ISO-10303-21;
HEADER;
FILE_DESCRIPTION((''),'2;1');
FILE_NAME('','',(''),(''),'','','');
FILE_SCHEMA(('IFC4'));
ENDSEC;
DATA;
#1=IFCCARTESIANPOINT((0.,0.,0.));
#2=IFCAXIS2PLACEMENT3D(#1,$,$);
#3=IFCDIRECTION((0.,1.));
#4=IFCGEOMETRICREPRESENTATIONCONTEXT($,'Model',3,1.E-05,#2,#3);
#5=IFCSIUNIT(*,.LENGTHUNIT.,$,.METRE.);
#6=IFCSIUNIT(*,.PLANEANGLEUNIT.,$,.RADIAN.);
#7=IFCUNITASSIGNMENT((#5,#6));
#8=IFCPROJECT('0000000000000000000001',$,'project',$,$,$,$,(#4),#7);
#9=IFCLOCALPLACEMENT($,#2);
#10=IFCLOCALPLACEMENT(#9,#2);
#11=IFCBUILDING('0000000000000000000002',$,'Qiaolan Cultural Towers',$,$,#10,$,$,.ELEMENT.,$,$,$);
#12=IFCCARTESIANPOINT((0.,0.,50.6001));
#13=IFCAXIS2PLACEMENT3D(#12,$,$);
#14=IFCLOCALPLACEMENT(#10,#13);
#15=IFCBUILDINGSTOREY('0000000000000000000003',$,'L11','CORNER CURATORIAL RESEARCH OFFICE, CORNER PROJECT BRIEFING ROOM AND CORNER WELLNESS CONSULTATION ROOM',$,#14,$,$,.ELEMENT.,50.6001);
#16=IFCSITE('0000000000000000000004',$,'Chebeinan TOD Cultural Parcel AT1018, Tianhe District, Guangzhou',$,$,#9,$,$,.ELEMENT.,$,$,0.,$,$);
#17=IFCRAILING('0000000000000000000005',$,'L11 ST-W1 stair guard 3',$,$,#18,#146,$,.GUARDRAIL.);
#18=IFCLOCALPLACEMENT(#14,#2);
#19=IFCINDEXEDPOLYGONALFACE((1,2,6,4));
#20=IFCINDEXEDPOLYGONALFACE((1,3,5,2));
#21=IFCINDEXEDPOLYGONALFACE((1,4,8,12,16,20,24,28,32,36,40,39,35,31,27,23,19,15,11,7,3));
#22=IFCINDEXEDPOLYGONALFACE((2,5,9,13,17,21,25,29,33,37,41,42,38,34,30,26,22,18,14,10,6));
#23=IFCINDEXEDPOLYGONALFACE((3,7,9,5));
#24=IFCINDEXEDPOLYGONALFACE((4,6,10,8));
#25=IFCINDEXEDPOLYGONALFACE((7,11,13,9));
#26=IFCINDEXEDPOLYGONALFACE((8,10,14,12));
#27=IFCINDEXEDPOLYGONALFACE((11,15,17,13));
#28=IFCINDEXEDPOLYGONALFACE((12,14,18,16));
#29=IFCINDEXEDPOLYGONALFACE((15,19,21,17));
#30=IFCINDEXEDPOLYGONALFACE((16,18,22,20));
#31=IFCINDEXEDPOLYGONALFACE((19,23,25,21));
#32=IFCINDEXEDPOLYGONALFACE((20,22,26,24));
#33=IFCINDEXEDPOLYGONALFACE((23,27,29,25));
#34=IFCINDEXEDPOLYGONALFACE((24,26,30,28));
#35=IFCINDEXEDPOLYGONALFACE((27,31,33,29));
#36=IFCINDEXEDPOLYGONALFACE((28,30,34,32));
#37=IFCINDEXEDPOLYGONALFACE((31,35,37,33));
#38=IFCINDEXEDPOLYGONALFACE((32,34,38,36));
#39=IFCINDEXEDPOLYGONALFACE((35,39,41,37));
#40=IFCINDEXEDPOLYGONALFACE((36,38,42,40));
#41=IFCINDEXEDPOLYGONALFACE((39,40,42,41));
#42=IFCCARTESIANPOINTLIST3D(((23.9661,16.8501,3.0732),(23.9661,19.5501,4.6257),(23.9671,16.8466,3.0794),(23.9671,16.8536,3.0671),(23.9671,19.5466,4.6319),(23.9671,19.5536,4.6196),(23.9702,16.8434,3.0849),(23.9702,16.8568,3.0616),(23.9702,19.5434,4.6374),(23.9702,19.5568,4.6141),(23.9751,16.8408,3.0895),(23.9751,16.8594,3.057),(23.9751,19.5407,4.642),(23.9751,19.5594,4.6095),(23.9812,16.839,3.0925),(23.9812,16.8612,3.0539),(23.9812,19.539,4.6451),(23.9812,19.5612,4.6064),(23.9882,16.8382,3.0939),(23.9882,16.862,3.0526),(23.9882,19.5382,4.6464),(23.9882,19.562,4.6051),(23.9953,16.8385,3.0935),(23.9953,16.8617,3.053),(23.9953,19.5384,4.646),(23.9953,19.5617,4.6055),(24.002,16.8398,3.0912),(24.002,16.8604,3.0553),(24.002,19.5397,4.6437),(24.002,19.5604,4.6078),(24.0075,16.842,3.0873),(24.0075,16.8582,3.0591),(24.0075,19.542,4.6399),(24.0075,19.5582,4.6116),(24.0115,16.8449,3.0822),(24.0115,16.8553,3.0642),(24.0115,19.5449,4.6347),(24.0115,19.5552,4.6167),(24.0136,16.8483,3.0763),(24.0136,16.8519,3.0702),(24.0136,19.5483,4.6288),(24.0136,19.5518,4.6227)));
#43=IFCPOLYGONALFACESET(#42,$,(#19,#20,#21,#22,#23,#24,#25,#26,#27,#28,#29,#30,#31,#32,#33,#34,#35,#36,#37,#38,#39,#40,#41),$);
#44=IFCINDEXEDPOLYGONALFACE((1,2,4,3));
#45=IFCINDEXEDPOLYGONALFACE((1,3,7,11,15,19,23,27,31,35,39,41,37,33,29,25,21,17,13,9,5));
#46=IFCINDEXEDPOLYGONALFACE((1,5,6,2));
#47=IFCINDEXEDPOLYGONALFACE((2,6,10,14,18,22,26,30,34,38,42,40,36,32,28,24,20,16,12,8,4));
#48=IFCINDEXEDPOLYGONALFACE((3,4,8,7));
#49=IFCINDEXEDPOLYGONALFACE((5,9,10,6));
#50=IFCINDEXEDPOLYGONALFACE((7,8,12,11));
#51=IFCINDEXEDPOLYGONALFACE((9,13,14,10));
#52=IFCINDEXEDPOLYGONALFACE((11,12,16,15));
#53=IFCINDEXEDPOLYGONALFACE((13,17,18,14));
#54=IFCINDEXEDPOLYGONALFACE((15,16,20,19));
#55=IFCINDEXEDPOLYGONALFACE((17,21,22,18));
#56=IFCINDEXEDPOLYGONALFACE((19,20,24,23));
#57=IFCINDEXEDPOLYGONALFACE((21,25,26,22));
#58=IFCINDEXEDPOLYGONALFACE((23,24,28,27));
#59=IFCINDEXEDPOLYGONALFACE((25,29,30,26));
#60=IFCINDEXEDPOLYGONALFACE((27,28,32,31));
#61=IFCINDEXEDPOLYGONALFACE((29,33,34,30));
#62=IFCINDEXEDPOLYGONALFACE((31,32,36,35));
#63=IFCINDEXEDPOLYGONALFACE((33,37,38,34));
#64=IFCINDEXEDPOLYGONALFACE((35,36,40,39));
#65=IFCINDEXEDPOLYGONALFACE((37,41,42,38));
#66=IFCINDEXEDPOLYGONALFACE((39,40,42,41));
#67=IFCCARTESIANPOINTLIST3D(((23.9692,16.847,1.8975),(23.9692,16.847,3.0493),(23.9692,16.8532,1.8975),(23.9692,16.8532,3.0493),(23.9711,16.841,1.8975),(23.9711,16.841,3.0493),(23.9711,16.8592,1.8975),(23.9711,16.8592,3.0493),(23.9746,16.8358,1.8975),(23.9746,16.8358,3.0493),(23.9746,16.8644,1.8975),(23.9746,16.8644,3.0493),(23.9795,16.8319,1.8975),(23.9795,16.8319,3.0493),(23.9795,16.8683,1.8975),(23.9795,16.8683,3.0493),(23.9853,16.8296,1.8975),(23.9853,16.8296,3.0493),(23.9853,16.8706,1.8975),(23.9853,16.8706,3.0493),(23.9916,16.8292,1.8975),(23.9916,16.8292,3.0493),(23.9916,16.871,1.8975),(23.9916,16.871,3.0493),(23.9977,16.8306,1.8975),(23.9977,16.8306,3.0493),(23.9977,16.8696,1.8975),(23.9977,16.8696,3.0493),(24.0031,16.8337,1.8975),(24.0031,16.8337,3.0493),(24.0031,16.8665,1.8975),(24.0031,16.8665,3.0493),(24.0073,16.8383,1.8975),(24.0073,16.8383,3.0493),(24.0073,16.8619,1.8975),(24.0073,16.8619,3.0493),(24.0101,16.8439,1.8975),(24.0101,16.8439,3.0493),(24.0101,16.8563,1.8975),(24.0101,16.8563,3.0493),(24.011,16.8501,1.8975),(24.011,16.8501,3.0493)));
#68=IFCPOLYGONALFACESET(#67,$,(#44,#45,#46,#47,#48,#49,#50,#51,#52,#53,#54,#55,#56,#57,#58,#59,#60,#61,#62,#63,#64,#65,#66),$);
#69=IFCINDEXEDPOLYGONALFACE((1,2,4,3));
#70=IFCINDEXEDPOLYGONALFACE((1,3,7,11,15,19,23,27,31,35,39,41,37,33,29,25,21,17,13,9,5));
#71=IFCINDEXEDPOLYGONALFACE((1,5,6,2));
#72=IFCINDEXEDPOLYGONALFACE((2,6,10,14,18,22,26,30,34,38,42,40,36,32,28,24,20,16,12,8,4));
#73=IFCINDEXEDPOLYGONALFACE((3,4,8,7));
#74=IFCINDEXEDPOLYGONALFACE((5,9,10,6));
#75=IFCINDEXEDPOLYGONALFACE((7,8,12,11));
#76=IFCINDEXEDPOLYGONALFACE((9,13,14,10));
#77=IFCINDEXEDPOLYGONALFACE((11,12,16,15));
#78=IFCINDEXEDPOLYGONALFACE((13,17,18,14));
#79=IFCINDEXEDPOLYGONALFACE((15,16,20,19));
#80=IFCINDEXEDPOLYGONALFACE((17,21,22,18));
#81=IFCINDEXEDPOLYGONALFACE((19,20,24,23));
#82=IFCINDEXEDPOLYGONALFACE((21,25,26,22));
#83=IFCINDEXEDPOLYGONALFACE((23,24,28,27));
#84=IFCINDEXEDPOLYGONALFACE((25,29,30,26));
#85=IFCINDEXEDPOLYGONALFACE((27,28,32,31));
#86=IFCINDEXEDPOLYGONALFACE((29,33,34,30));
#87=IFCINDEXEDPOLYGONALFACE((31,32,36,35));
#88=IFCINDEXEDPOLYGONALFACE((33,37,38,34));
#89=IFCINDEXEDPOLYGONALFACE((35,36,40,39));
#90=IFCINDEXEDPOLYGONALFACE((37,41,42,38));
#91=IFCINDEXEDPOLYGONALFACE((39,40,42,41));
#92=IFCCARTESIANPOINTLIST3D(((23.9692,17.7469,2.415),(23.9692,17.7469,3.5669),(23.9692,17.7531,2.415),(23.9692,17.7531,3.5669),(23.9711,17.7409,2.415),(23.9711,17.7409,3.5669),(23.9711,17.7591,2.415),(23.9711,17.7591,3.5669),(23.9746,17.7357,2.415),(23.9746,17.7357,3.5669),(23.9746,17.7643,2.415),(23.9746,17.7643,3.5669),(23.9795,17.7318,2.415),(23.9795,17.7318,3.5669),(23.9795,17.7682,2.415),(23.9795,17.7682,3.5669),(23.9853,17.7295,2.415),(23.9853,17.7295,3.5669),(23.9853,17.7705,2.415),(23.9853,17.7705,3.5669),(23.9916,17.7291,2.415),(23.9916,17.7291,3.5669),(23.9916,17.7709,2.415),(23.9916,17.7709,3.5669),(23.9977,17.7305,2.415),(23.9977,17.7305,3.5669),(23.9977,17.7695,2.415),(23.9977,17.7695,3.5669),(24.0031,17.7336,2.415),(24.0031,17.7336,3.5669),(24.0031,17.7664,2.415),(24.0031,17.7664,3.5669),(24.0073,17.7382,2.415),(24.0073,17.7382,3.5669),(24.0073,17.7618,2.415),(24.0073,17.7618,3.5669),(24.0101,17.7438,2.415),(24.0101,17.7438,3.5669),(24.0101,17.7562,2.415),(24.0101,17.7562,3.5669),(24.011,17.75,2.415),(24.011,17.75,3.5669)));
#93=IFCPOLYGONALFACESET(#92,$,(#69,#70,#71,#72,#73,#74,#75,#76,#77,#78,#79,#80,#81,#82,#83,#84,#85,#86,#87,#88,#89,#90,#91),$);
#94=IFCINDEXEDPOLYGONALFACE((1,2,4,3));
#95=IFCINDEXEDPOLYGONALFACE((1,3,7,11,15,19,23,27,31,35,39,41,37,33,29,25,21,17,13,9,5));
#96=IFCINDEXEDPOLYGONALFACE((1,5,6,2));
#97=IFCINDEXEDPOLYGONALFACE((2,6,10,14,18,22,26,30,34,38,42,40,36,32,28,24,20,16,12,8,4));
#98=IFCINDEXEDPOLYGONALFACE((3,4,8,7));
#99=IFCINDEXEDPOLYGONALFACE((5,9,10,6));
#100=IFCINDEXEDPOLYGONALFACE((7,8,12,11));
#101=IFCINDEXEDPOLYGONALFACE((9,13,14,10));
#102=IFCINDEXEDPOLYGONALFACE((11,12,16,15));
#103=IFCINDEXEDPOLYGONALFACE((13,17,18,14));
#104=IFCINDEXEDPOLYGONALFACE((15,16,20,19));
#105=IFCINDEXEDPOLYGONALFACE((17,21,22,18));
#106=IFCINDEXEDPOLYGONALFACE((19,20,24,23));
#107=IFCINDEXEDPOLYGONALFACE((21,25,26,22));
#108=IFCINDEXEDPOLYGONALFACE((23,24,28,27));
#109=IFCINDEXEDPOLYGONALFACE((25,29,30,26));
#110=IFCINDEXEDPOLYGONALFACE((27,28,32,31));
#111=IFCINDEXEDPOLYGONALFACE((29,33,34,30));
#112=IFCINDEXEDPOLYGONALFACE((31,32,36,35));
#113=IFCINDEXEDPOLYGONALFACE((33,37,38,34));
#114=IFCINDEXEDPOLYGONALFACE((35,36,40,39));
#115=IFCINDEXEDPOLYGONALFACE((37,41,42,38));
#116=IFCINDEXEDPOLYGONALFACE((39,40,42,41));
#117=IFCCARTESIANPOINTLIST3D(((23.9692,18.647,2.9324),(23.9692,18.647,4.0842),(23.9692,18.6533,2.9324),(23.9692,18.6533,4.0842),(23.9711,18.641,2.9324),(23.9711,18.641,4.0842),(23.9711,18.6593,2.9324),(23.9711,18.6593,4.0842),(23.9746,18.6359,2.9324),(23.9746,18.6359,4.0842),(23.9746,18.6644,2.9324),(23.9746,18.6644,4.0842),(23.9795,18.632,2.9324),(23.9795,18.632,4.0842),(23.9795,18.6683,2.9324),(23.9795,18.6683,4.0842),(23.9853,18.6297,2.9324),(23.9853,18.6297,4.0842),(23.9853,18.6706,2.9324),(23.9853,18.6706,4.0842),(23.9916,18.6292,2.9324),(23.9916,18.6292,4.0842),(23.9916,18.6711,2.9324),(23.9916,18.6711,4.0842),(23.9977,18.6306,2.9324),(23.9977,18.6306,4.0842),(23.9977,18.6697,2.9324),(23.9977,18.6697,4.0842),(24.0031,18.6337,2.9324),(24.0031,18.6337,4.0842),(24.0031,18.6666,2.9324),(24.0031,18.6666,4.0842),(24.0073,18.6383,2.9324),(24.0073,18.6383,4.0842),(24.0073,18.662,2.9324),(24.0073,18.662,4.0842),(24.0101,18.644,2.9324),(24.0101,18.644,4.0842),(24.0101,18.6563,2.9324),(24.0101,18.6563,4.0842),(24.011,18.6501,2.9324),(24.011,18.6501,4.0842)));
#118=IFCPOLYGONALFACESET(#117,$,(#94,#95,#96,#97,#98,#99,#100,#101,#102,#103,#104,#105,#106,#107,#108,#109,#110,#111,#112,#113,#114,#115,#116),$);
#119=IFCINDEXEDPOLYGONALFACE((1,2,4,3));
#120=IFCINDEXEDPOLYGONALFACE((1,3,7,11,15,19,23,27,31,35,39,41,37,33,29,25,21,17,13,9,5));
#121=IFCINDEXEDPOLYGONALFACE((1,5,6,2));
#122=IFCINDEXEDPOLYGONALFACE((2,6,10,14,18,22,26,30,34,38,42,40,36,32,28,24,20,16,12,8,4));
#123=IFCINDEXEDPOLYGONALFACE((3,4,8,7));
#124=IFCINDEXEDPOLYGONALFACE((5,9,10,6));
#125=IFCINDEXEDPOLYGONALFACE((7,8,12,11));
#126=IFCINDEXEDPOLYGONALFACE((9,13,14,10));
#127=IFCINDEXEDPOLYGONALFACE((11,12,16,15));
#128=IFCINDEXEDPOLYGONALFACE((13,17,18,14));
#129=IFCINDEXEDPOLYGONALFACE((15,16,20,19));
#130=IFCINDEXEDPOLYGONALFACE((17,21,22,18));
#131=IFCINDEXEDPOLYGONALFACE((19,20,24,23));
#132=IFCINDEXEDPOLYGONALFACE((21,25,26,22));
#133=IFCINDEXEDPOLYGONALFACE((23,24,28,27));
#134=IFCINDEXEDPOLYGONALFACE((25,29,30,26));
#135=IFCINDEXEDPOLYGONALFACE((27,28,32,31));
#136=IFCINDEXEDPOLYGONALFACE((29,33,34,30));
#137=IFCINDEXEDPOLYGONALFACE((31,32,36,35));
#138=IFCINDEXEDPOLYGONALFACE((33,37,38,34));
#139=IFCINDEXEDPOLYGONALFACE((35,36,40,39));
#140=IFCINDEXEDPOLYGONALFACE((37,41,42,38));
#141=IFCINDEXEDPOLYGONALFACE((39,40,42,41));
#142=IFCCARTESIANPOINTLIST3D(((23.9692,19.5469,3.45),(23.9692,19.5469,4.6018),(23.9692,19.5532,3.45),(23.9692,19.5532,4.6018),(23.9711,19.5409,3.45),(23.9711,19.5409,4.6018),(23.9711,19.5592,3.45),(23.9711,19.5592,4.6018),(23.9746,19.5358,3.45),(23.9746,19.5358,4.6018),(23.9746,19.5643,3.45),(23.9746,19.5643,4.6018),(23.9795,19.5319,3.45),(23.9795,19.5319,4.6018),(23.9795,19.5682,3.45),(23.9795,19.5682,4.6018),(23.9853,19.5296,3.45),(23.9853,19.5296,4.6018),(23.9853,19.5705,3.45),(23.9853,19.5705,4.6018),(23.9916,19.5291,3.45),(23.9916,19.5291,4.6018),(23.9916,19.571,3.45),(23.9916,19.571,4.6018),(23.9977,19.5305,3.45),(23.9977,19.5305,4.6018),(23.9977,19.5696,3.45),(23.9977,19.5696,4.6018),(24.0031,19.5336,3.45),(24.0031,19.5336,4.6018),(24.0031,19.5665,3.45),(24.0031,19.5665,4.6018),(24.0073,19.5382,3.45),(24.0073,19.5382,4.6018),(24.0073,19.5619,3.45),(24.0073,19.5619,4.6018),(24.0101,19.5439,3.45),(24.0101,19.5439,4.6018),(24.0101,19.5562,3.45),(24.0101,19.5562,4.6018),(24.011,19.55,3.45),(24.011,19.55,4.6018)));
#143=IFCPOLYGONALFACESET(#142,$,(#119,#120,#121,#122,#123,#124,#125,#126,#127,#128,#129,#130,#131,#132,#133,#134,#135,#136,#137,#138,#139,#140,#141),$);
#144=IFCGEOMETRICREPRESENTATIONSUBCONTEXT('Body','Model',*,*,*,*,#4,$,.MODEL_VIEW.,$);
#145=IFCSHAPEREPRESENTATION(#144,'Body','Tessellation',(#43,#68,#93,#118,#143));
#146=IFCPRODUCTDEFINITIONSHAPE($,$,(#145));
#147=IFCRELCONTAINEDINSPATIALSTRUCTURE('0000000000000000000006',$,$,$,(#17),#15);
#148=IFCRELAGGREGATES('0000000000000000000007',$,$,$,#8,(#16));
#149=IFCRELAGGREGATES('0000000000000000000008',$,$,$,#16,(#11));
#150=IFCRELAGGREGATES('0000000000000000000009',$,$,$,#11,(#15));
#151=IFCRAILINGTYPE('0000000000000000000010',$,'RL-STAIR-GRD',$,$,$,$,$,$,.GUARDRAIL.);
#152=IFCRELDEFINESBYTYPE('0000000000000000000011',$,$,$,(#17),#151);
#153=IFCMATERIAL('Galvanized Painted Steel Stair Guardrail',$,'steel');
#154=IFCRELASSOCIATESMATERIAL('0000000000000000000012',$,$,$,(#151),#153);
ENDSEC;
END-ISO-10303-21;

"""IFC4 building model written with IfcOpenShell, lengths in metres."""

from ifc_helpers import new_model, si_unit, direction, frame, origin, origin_2d, place, context, subcontext, project, spatial, circle, extrude, material, type_object, element, save


model = new_model("IFC4")

# Units and contexts
model_context = context("Model", 3, precision=1e-05, world=origin(), true_north=direction((0.0, 1.0)))
body_context = subcontext(model_context, "Body", "Model", "MODEL_VIEW")
ifc_project = project(units=[si_unit("LENGTHUNIT", "METRE"), si_unit("PLANEANGLEUNIT", "RADIAN")], contexts=[model_context])

# Site, building, storey
site_placement = place(None, origin())
site = spatial("IfcSite", under=ifc_project, at=site_placement, Name="Chebeinan TOD Cultural Parcel AT1018, Tianhe District, Guangzhou", CompositionType="ELEMENT", RefElevation=0.0)
building_placement = place(site_placement, origin())
building = spatial("IfcBuilding", under=site, at=building_placement, Name="Qiaolan Cultural Towers", CompositionType="ELEMENT")
storey_placement = place(building_placement, frame((0.0, 0.0, 50.6001)))
storey = spatial("IfcBuildingStorey", under=building, at=storey_placement, Name="L11", Description="CORNER CURATORIAL RESEARCH OFFICE, CORNER PROJECT BRIEFING ROOM AND CORNER WELLNESS CONSULTATION ROOM", CompositionType="ELEMENT", Elevation=50.6001)

# Railing
ifc_material_1 = material(Name="Galvanized Painted Steel Stair Guardrail", Category="steel")
railing_type_1 = type_object("IfcRailingType", Name="RL-STAIR-GRD", PredefinedType="GUARDRAIL", material=ifc_material_1)
railing_1_placement = place(storey_placement, frame((23.99, 16.8501, 1.8975)))
element("IfcRailing", 1, at=railing_1_placement, inside=storey, type_object=railing_type_1, Name="L11 ST-W1 stair guard 3", PredefinedType="GUARDRAIL", context=body_context, shape_type="SweptSolid", body=[
    extrude(circle(Radius=0.0239, at=origin_2d()), frame((0.0, 0.0, 1.1758), z_axis=(0.0, 0.866904, 0.498476), x_axis=(-1.0, 0.0, 0.0)), (0.0, 0.0, 1.0), 3.1145),
    extrude(circle(Radius=0.021, at=origin_2d()), origin(), (0.0, 0.0, 1.0), 1.1519),
    extrude(circle(Radius=0.021, at=origin_2d()), frame((0.0, 0.8999, 0.5176)), (0.0, 0.0, 1.0), 1.1519),
    extrude(circle(Radius=0.021, at=origin_2d()), frame((0.0, 1.8, 1.0349)), (0.0, 0.0, 1.0), 1.1519),
    extrude(circle(Radius=0.021, at=origin_2d()), frame((0.0, 2.7, 1.5525)), (0.0, 0.0, 1.0), 1.1519),
])

save(model, "model.ifc")
